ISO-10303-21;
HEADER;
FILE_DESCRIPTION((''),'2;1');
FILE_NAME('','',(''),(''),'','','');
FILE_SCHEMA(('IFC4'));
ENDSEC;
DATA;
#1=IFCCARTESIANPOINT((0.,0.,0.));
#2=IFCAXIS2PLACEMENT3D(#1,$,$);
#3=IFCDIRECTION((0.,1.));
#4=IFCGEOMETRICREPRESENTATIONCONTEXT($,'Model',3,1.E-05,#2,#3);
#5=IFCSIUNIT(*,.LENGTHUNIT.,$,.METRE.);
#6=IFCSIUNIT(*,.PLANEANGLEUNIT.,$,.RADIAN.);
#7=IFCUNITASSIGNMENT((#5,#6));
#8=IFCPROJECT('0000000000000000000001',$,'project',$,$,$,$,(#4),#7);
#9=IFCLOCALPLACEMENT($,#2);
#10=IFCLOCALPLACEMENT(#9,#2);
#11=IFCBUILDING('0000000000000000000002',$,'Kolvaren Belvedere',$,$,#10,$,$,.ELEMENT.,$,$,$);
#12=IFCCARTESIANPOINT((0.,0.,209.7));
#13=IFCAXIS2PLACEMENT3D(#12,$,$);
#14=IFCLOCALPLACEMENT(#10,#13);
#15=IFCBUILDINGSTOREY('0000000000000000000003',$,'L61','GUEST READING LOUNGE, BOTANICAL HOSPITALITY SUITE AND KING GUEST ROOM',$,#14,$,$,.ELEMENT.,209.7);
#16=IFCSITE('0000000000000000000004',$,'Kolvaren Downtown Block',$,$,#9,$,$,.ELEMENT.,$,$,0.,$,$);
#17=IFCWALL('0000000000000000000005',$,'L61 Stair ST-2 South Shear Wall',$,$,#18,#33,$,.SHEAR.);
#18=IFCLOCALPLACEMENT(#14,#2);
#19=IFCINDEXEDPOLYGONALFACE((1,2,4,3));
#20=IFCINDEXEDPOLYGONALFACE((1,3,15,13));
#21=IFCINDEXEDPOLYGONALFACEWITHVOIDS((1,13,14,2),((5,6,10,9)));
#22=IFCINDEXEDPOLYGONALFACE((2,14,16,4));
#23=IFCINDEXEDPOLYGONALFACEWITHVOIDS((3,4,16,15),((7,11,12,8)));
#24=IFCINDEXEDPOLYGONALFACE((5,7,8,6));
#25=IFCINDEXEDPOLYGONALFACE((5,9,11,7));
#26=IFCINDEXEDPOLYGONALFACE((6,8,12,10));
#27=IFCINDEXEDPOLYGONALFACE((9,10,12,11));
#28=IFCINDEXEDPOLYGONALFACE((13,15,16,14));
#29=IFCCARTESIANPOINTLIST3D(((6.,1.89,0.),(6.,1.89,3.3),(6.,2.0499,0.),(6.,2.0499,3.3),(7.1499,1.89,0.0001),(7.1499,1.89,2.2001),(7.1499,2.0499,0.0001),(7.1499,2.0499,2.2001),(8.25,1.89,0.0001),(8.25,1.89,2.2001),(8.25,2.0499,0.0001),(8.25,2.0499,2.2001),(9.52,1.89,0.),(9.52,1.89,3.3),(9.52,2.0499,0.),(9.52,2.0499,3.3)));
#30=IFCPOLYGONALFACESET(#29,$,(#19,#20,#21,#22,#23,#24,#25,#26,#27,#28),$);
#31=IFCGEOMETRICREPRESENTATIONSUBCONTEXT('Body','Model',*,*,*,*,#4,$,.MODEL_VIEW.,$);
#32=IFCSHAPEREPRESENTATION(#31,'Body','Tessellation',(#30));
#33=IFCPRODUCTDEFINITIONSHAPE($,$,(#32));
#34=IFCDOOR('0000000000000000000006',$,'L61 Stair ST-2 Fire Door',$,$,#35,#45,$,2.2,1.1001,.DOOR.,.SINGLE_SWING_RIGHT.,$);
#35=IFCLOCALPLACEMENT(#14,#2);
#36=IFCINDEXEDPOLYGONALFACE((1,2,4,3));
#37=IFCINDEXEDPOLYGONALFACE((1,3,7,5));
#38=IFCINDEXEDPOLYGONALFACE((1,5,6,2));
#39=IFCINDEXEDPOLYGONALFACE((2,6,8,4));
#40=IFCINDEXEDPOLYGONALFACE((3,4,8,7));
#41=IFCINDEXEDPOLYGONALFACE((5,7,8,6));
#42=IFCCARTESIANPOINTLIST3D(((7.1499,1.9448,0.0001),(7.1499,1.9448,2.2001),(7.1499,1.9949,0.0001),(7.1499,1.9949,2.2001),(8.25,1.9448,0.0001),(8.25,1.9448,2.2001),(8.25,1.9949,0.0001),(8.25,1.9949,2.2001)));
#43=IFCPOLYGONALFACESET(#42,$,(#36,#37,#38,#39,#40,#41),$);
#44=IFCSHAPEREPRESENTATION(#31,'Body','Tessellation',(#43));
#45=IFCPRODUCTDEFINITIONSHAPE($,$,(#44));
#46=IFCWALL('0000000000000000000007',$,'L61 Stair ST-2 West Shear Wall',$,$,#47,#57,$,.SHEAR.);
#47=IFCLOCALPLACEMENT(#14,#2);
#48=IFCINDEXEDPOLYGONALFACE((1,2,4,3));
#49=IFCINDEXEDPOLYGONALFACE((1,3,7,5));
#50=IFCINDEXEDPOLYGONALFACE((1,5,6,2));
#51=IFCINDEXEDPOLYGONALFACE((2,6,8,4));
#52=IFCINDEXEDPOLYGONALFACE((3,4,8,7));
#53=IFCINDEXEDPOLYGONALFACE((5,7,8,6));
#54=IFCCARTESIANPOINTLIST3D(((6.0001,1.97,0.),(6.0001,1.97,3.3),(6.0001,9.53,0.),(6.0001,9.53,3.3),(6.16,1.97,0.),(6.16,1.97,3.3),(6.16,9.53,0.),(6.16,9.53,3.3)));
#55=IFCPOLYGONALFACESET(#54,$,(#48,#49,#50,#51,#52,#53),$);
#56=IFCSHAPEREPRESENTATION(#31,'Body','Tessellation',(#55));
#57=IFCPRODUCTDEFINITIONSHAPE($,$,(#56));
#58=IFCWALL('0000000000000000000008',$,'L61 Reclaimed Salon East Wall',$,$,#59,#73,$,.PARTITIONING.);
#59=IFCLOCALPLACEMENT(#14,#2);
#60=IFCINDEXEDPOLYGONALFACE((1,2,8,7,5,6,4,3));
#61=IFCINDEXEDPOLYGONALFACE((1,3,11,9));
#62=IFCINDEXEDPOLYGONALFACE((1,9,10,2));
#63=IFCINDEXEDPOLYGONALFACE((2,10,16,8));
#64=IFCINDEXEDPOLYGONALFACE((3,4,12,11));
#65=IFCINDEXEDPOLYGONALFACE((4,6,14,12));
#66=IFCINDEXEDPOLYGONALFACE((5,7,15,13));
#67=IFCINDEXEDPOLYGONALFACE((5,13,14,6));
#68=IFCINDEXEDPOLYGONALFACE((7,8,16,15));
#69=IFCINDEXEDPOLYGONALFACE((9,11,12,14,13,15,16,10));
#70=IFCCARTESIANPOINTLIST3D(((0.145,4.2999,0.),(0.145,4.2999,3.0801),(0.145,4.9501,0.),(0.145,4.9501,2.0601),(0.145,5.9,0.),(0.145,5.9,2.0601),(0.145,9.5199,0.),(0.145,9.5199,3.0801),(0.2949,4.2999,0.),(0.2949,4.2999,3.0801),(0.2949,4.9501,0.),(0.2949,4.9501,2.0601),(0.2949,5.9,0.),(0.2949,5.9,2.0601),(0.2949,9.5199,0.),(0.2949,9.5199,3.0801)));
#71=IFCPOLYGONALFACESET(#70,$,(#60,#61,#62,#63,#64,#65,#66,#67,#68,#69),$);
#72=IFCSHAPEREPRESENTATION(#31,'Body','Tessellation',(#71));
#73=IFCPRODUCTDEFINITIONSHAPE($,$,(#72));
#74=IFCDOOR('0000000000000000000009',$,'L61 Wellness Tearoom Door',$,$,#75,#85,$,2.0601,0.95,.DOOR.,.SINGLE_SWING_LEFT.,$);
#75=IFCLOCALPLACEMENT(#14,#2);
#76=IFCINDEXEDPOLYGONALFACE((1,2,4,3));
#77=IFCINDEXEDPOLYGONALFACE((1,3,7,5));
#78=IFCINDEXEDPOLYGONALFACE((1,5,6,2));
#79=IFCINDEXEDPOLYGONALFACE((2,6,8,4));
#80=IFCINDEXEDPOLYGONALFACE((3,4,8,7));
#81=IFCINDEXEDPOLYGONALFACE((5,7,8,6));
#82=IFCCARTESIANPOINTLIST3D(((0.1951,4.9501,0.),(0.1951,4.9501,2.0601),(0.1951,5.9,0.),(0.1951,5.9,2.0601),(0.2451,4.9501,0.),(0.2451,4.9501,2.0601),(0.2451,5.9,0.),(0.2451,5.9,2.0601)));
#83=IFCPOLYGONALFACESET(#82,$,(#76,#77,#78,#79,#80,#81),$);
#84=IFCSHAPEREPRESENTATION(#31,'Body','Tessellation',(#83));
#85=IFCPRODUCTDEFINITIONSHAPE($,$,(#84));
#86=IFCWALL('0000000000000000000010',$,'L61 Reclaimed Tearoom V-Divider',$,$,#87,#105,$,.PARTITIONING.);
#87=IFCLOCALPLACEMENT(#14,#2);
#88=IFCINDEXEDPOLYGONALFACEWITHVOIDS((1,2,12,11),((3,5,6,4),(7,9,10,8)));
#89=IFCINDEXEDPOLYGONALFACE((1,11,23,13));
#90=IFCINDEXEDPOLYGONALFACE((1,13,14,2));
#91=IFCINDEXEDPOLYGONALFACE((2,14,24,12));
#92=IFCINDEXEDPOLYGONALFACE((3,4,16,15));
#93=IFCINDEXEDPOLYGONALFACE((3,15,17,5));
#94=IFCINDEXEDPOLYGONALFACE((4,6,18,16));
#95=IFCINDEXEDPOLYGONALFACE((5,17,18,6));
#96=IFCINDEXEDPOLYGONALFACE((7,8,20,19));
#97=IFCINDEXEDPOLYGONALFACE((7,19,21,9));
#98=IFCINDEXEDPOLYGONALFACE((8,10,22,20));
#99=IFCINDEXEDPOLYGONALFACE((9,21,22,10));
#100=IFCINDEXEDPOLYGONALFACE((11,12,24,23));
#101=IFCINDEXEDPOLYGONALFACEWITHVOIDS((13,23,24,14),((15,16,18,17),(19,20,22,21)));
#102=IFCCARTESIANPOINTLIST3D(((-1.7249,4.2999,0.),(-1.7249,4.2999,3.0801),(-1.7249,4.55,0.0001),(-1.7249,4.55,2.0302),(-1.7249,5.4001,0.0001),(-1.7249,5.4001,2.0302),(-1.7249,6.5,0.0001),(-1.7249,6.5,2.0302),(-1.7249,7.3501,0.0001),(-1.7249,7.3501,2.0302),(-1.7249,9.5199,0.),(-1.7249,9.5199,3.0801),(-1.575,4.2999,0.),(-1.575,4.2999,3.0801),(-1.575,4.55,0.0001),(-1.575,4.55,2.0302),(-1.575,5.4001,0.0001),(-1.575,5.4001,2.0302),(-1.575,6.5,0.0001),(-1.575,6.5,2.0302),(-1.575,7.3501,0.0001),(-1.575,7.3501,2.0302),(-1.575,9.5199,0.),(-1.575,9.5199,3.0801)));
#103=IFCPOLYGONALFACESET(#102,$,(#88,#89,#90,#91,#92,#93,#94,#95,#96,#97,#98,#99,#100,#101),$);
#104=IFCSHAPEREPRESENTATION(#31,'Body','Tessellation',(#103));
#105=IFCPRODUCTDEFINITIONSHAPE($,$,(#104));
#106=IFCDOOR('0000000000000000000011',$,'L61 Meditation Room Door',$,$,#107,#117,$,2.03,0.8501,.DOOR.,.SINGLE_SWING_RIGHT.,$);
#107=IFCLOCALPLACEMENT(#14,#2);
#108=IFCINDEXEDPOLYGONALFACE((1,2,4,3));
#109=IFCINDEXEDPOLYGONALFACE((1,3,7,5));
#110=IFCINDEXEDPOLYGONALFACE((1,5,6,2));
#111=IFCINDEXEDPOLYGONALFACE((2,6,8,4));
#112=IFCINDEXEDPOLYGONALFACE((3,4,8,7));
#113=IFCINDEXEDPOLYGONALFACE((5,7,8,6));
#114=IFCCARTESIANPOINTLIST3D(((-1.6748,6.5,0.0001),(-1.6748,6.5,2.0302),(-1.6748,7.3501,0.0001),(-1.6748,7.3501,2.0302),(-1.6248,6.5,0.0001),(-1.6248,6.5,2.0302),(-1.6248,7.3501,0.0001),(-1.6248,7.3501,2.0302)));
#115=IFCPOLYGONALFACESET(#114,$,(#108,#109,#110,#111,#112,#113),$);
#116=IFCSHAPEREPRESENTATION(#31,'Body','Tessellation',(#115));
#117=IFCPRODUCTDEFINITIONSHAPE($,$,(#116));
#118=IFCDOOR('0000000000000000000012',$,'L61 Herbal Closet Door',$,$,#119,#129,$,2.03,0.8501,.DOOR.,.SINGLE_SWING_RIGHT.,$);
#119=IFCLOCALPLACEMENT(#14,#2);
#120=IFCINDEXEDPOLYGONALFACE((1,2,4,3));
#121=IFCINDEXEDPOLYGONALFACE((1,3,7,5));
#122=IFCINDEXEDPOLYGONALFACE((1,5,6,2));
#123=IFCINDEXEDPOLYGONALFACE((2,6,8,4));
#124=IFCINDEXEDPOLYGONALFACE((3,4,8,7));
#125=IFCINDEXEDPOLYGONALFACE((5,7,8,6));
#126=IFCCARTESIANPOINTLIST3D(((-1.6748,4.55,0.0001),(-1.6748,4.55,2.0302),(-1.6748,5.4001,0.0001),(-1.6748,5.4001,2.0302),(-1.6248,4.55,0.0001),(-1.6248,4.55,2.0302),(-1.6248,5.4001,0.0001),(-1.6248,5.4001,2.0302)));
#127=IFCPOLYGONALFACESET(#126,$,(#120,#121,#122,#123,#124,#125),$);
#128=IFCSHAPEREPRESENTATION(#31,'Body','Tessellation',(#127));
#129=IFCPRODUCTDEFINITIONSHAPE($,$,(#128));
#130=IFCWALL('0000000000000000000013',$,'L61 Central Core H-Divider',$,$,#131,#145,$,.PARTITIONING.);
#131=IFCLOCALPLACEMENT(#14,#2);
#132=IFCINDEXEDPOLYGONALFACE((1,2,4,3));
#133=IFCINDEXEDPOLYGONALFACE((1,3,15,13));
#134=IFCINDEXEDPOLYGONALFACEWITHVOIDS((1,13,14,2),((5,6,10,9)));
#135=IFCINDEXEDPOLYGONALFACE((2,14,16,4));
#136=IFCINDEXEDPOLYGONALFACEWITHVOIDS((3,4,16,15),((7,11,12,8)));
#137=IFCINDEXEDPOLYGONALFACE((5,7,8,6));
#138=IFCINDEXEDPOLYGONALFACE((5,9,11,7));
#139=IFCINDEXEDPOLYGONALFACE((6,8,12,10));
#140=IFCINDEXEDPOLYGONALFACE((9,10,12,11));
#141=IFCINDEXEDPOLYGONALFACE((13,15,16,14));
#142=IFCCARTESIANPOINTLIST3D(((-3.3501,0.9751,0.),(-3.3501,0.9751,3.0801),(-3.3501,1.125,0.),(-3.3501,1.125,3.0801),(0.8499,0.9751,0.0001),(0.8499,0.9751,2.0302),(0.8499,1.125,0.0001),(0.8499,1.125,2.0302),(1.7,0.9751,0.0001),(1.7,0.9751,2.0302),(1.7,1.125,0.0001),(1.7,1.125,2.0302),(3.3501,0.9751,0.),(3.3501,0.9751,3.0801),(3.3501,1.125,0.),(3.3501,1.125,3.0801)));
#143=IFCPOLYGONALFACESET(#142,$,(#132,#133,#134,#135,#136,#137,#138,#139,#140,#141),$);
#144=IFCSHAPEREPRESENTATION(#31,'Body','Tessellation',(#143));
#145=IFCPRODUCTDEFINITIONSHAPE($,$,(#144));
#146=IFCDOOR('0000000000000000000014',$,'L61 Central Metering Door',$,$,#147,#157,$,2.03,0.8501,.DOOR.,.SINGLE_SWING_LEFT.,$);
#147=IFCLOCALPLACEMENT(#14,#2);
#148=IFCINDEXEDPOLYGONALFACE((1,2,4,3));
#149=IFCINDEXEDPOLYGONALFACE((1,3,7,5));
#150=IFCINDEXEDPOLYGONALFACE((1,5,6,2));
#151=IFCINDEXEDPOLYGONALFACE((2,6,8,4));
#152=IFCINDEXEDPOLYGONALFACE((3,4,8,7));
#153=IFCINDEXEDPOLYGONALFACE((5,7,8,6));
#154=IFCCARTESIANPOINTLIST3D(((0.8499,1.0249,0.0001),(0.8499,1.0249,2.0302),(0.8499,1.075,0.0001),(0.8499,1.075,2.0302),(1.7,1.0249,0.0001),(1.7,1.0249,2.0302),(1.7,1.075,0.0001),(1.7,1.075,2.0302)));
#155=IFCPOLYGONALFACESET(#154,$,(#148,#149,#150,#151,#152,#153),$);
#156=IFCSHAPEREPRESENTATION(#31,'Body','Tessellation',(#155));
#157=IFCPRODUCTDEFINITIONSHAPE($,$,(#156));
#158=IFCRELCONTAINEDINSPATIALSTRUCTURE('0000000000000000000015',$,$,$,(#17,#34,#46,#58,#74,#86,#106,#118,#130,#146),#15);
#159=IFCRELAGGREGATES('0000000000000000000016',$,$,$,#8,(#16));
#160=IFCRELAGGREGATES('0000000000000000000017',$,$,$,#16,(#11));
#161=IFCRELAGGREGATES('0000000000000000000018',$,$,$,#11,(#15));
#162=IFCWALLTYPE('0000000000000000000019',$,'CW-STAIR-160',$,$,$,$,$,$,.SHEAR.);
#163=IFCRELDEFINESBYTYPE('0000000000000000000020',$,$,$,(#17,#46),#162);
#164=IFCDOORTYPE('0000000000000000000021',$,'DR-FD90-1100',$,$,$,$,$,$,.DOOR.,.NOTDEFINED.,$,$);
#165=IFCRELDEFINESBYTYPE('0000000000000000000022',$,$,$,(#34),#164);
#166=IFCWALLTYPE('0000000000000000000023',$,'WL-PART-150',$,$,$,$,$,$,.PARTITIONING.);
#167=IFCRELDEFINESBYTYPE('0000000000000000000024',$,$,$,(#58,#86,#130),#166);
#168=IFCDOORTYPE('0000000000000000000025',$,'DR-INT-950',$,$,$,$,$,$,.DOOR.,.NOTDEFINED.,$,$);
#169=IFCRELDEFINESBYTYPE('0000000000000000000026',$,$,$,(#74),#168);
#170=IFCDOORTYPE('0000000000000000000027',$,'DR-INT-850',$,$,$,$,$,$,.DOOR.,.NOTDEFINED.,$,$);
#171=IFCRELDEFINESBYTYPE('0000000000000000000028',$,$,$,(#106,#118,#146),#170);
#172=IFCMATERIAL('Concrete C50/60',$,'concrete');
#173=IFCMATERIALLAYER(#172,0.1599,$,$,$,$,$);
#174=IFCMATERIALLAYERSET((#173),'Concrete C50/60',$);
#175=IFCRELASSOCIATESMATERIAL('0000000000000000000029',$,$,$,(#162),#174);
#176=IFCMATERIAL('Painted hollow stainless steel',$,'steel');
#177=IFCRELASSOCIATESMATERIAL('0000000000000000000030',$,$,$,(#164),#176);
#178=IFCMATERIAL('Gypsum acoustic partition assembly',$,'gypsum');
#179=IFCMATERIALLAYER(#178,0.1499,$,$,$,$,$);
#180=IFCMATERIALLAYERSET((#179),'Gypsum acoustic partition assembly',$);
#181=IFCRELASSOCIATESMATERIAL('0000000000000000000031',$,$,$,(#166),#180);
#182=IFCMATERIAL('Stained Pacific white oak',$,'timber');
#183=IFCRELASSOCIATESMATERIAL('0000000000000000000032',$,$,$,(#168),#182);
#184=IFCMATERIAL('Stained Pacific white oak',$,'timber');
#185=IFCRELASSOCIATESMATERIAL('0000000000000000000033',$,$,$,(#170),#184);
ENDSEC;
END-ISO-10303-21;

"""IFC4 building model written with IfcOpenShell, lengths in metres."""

from ifc_helpers import new_model, si_unit, direction, frame, frame_2d, origin, place, context, subcontext, project, spatial, rectangle, extrude, material, layer, layer_set, type_object, element, fill, save


model = new_model("IFC4")

# Units and contexts
model_context = context("Model", 3, precision=1e-05, world=origin(), true_north=direction((0.0, 1.0)))
body_context = subcontext(model_context, "Body", "Model", "MODEL_VIEW")
ifc_project = project(units=[si_unit("LENGTHUNIT", "METRE"), si_unit("PLANEANGLEUNIT", "RADIAN")], contexts=[model_context])

# Site, building, storey
site_placement = place(None, origin())
site = spatial("IfcSite", under=ifc_project, at=site_placement, Name="Kolvaren Downtown Block", CompositionType="ELEMENT", RefElevation=0.0)
building_placement = place(site_placement, origin())
building = spatial("IfcBuilding", under=site, at=building_placement, Name="Kolvaren Belvedere", CompositionType="ELEMENT")
storey_placement = place(building_placement, frame((0.0, 0.0, 209.7)))
storey = spatial("IfcBuildingStorey", under=building, at=storey_placement, Name="L61", Description="GUEST READING LOUNGE, BOTANICAL HOSPITALITY SUITE AND KING GUEST ROOM", CompositionType="ELEMENT", Elevation=209.7)

# Wall, opening, door
ifc_material_1 = material(Name="Concrete C50/60", Category="concrete")
ifc_layer_1 = layer(ifc_material_1, 0.1599)
ifc_layer_set_1 = layer_set([ifc_layer_1], Name="Concrete C50/60")
wall_type_1 = type_object("IfcWallType", Name="CW-STAIR-160", PredefinedType="SHEAR", material=ifc_layer_set_1)
wall_1_placement = place(storey_placement, frame((6.0, 1.97, 0.0), z_axis=(0.0, 0.0, 1.0), x_axis=(1.0, 0.0, 0.0)))
wall_1 = element("IfcWall", 1, at=wall_1_placement, inside=storey, type_object=wall_type_1, Name="L61 Stair ST-2 South Shear Wall", PredefinedType="SHEAR", context=body_context, shape_type="SweptSolid", body=[
    extrude(rectangle(XDim=3.52, YDim=0.1599, at=frame_2d((1.76, 0.0))), origin(), (0.0, 0.0, 1.0), 3.3),
])
opening_1_placement = place(wall_1_placement, frame((1.1499, 0.0, 0.0)))
opening_1 = element("IfcOpeningElement", 2, at=opening_1_placement, cuts=wall_1, PredefinedType="OPENING", context=body_context, shape_type="SweptSolid", body=[
    extrude(rectangle(XDim=1.1001, YDim=2.2, at=frame_2d((0.55, 1.1001))), frame((0.0, 0.0898, 0.0), z_axis=(0.0, -1.0, 0.0), x_axis=(1.0, 0.0, 0.0)), (0.0, 0.0, 1.0), 0.1799),
])
ifc_material_2 = material(Name="Painted hollow stainless steel", Category="steel")
door_type_1 = type_object("IfcDoorType", Name="DR-FD90-1100", OperationType="NOTDEFINED", PredefinedType="DOOR", material=ifc_material_2)
door_1_placement = place(opening_1_placement, origin())
door_1 = element("IfcDoor", 3, at=door_1_placement, inside=storey, type_object=door_type_1, Name="L61 Stair ST-2 Fire Door", OperationType="SINGLE_SWING_RIGHT", OverallHeight=2.2, OverallWidth=1.1001, PredefinedType="DOOR", context=body_context, shape_type="SweptSolid", body=[
    extrude(rectangle(XDim=1.1001, YDim=2.2, at=frame_2d((0.55, 1.1001))), frame((0.0, 0.0249, 0.0), z_axis=(0.0, -1.0, 0.0), x_axis=(1.0, 0.0, 0.0)), (0.0, 0.0, 1.0), 0.05),
])
fill(opening_1, door_1)

# Wall
wall_2_placement = place(storey_placement, frame((6.0801, 1.97, 0.0), z_axis=(0.0, 0.0, 1.0), x_axis=(0.0, 1.0, 0.0)))
element("IfcWall", 4, at=wall_2_placement, inside=storey, type_object=wall_type_1, Name="L61 Stair ST-2 West Shear Wall", PredefinedType="SHEAR", context=body_context, shape_type="SweptSolid", body=[
    extrude(rectangle(XDim=7.5601, YDim=0.1599, at=frame_2d((3.78, 0.0))), origin(), (0.0, 0.0, 1.0), 3.3),
])

# Wall, opening, door
ifc_material_3 = material(Name="Gypsum acoustic partition assembly", Category="gypsum")
ifc_layer_2 = layer(ifc_material_3, 0.1499)
ifc_layer_set_2 = layer_set([ifc_layer_2], Name="Gypsum acoustic partition assembly")
wall_type_2 = type_object("IfcWallType", Name="WL-PART-150", PredefinedType="PARTITIONING", material=ifc_layer_set_2)
wall_3_placement = place(storey_placement, frame((0.22, 4.3, 0.0), z_axis=(0.0, 0.0, 1.0), x_axis=(0.0, 1.0, 0.0)))
wall_3 = element("IfcWall", 5, at=wall_3_placement, inside=storey, type_object=wall_type_2, Name="L61 Reclaimed Salon East Wall", PredefinedType="PARTITIONING", context=body_context, shape_type="SweptSolid", body=[
    extrude(rectangle(XDim=5.22, YDim=0.1499, at=frame_2d((2.6099, 0.0))), origin(), (0.0, 0.0, 1.0), 3.0801),
])
opening_2_placement = place(wall_3_placement, frame((0.6499, 0.0, 0.0)))
opening_2 = element("IfcOpeningElement", 6, at=opening_2_placement, cuts=wall_3, PredefinedType="OPENING", context=body_context, shape_type="SweptSolid", body=[
    extrude(rectangle(XDim=0.95, YDim=2.0601, at=frame_2d((0.4751, 1.03))), frame((0.0, 0.085, 0.0), z_axis=(0.0, -1.0, 0.0), x_axis=(1.0, 0.0, 0.0)), (0.0, 0.0, 1.0), 0.1699),
])
ifc_material_4 = material(Name="Stained Pacific white oak", Category="timber")
door_type_2 = type_object("IfcDoorType", Name="DR-INT-950", OperationType="NOTDEFINED", PredefinedType="DOOR", material=ifc_material_4)
door_2_placement = place(opening_2_placement, origin())
door_2 = element("IfcDoor", 7, at=door_2_placement, inside=storey, type_object=door_type_2, Name="L61 Wellness Tearoom Door", OperationType="SINGLE_SWING_LEFT", OverallHeight=2.0601, OverallWidth=0.95, PredefinedType="DOOR", context=body_context, shape_type="SweptSolid", body=[
    extrude(rectangle(XDim=0.95, YDim=2.0601, at=frame_2d((0.4751, 1.03))), frame((0.0, 0.0249, 0.0), z_axis=(0.0, -1.0, 0.0), x_axis=(1.0, 0.0, 0.0)), (0.0, 0.0, 1.0), 0.05),
])
fill(opening_2, door_2)

# Wall, openings, doors
wall_4_placement = place(storey_placement, frame((-1.6499, 4.3, 0.0), z_axis=(0.0, 0.0, 1.0), x_axis=(0.0, 1.0, 0.0)))
wall_4 = element("IfcWall", 8, at=wall_4_placement, inside=storey, type_object=wall_type_2, Name="L61 Reclaimed Tearoom V-Divider", PredefinedType="PARTITIONING", context=body_context, shape_type="SweptSolid", body=[
    extrude(rectangle(XDim=5.22, YDim=0.1499, at=frame_2d((2.6099, 0.0))), origin(), (0.0, 0.0, 1.0), 3.0801),
])
opening_3_placement = place(wall_4_placement, frame((2.2, 0.0, 0.0)))
opening_3 = element("IfcOpeningElement", 9, at=opening_3_placement, cuts=wall_4, PredefinedType="OPENING", context=body_context, shape_type="SweptSolid", body=[
    extrude(rectangle(XDim=0.8501, YDim=2.03, at=frame_2d((0.425, 1.0151))), frame((0.0, 0.085, 0.0), z_axis=(0.0, -1.0, 0.0), x_axis=(1.0, 0.0, 0.0)), (0.0, 0.0, 1.0), 0.1699),
])
opening_4_placement = place(wall_4_placement, frame((0.25, 0.0, 0.0)))
opening_4 = element("IfcOpeningElement", 10, at=opening_4_placement, cuts=wall_4, PredefinedType="OPENING", context=body_context, shape_type="SweptSolid", body=[
    extrude(rectangle(XDim=0.8501, YDim=2.03, at=frame_2d((0.425, 1.0151))), frame((0.0, 0.085, 0.0), z_axis=(0.0, -1.0, 0.0), x_axis=(1.0, 0.0, 0.0)), (0.0, 0.0, 1.0), 0.1699),
])
ifc_material_5 = material(Name="Stained Pacific white oak", Category="timber")
door_type_3 = type_object("IfcDoorType", Name="DR-INT-850", OperationType="NOTDEFINED", PredefinedType="DOOR", material=ifc_material_5)
door_3_placement = place(opening_3_placement, origin())
door_3 = element("IfcDoor", 11, at=door_3_placement, inside=storey, type_object=door_type_3, Name="L61 Meditation Room Door", OperationType="SINGLE_SWING_RIGHT", OverallHeight=2.03, OverallWidth=0.8501, PredefinedType="DOOR", context=body_context, shape_type="SweptSolid", body=[
    extrude(rectangle(XDim=0.8501, YDim=2.03, at=frame_2d((0.425, 1.0151))), frame((0.0, 0.0249, 0.0), z_axis=(0.0, -1.0, 0.0), x_axis=(1.0, 0.0, 0.0)), (0.0, 0.0, 1.0), 0.05),
])
fill(opening_3, door_3)
door_4_placement = place(opening_4_placement, origin())
door_4 = element("IfcDoor", 12, at=door_4_placement, inside=storey, type_object=door_type_3, Name="L61 Herbal Closet Door", OperationType="SINGLE_SWING_RIGHT", OverallHeight=2.03, OverallWidth=0.8501, PredefinedType="DOOR", context=body_context, shape_type="SweptSolid", body=[
    extrude(rectangle(XDim=0.8501, YDim=2.03, at=frame_2d((0.425, 1.0151))), frame((0.0, 0.0249, 0.0), z_axis=(0.0, -1.0, 0.0), x_axis=(1.0, 0.0, 0.0)), (0.0, 0.0, 1.0), 0.05),
])
fill(opening_4, door_4)

# Wall, opening, door
wall_5_placement = place(storey_placement, frame((-3.3501, 1.05, 0.0), z_axis=(0.0, 0.0, 1.0), x_axis=(1.0, 0.0, 0.0)))
wall_5 = element("IfcWall", 13, at=wall_5_placement, inside=storey, type_object=wall_type_2, Name="L61 Central Core H-Divider", PredefinedType="PARTITIONING", context=body_context, shape_type="SweptSolid", body=[
    extrude(rectangle(XDim=6.7002, YDim=0.1499, at=frame_2d((3.3501, 0.0))), origin(), (0.0, 0.0, 1.0), 3.0801),
])
opening_5_placement = place(wall_5_placement, frame((4.2, 0.0, 0.0)))
opening_5 = element("IfcOpeningElement", 14, at=opening_5_placement, cuts=wall_5, PredefinedType="OPENING", context=body_context, shape_type="SweptSolid", body=[
    extrude(rectangle(XDim=0.8501, YDim=2.03, at=frame_2d((0.425, 1.0151))), frame((0.0, 0.085, 0.0), z_axis=(0.0, -1.0, 0.0), x_axis=(1.0, 0.0, 0.0)), (0.0, 0.0, 1.0), 0.1699),
])
door_5_placement = place(opening_5_placement, origin())
door_5 = element("IfcDoor", 15, at=door_5_placement, inside=storey, type_object=door_type_3, Name="L61 Central Metering Door", OperationType="SINGLE_SWING_LEFT", OverallHeight=2.03, OverallWidth=0.8501, PredefinedType="DOOR", context=body_context, shape_type="SweptSolid", body=[
    extrude(rectangle(XDim=0.8501, YDim=2.03, at=frame_2d((0.425, 1.0151))), frame((0.0, 0.0249, 0.0), z_axis=(0.0, -1.0, 0.0), x_axis=(1.0, 0.0, 0.0)), (0.0, 0.0, 1.0), 0.05),
])
fill(opening_5, door_5)

save(model, "model.ifc")
